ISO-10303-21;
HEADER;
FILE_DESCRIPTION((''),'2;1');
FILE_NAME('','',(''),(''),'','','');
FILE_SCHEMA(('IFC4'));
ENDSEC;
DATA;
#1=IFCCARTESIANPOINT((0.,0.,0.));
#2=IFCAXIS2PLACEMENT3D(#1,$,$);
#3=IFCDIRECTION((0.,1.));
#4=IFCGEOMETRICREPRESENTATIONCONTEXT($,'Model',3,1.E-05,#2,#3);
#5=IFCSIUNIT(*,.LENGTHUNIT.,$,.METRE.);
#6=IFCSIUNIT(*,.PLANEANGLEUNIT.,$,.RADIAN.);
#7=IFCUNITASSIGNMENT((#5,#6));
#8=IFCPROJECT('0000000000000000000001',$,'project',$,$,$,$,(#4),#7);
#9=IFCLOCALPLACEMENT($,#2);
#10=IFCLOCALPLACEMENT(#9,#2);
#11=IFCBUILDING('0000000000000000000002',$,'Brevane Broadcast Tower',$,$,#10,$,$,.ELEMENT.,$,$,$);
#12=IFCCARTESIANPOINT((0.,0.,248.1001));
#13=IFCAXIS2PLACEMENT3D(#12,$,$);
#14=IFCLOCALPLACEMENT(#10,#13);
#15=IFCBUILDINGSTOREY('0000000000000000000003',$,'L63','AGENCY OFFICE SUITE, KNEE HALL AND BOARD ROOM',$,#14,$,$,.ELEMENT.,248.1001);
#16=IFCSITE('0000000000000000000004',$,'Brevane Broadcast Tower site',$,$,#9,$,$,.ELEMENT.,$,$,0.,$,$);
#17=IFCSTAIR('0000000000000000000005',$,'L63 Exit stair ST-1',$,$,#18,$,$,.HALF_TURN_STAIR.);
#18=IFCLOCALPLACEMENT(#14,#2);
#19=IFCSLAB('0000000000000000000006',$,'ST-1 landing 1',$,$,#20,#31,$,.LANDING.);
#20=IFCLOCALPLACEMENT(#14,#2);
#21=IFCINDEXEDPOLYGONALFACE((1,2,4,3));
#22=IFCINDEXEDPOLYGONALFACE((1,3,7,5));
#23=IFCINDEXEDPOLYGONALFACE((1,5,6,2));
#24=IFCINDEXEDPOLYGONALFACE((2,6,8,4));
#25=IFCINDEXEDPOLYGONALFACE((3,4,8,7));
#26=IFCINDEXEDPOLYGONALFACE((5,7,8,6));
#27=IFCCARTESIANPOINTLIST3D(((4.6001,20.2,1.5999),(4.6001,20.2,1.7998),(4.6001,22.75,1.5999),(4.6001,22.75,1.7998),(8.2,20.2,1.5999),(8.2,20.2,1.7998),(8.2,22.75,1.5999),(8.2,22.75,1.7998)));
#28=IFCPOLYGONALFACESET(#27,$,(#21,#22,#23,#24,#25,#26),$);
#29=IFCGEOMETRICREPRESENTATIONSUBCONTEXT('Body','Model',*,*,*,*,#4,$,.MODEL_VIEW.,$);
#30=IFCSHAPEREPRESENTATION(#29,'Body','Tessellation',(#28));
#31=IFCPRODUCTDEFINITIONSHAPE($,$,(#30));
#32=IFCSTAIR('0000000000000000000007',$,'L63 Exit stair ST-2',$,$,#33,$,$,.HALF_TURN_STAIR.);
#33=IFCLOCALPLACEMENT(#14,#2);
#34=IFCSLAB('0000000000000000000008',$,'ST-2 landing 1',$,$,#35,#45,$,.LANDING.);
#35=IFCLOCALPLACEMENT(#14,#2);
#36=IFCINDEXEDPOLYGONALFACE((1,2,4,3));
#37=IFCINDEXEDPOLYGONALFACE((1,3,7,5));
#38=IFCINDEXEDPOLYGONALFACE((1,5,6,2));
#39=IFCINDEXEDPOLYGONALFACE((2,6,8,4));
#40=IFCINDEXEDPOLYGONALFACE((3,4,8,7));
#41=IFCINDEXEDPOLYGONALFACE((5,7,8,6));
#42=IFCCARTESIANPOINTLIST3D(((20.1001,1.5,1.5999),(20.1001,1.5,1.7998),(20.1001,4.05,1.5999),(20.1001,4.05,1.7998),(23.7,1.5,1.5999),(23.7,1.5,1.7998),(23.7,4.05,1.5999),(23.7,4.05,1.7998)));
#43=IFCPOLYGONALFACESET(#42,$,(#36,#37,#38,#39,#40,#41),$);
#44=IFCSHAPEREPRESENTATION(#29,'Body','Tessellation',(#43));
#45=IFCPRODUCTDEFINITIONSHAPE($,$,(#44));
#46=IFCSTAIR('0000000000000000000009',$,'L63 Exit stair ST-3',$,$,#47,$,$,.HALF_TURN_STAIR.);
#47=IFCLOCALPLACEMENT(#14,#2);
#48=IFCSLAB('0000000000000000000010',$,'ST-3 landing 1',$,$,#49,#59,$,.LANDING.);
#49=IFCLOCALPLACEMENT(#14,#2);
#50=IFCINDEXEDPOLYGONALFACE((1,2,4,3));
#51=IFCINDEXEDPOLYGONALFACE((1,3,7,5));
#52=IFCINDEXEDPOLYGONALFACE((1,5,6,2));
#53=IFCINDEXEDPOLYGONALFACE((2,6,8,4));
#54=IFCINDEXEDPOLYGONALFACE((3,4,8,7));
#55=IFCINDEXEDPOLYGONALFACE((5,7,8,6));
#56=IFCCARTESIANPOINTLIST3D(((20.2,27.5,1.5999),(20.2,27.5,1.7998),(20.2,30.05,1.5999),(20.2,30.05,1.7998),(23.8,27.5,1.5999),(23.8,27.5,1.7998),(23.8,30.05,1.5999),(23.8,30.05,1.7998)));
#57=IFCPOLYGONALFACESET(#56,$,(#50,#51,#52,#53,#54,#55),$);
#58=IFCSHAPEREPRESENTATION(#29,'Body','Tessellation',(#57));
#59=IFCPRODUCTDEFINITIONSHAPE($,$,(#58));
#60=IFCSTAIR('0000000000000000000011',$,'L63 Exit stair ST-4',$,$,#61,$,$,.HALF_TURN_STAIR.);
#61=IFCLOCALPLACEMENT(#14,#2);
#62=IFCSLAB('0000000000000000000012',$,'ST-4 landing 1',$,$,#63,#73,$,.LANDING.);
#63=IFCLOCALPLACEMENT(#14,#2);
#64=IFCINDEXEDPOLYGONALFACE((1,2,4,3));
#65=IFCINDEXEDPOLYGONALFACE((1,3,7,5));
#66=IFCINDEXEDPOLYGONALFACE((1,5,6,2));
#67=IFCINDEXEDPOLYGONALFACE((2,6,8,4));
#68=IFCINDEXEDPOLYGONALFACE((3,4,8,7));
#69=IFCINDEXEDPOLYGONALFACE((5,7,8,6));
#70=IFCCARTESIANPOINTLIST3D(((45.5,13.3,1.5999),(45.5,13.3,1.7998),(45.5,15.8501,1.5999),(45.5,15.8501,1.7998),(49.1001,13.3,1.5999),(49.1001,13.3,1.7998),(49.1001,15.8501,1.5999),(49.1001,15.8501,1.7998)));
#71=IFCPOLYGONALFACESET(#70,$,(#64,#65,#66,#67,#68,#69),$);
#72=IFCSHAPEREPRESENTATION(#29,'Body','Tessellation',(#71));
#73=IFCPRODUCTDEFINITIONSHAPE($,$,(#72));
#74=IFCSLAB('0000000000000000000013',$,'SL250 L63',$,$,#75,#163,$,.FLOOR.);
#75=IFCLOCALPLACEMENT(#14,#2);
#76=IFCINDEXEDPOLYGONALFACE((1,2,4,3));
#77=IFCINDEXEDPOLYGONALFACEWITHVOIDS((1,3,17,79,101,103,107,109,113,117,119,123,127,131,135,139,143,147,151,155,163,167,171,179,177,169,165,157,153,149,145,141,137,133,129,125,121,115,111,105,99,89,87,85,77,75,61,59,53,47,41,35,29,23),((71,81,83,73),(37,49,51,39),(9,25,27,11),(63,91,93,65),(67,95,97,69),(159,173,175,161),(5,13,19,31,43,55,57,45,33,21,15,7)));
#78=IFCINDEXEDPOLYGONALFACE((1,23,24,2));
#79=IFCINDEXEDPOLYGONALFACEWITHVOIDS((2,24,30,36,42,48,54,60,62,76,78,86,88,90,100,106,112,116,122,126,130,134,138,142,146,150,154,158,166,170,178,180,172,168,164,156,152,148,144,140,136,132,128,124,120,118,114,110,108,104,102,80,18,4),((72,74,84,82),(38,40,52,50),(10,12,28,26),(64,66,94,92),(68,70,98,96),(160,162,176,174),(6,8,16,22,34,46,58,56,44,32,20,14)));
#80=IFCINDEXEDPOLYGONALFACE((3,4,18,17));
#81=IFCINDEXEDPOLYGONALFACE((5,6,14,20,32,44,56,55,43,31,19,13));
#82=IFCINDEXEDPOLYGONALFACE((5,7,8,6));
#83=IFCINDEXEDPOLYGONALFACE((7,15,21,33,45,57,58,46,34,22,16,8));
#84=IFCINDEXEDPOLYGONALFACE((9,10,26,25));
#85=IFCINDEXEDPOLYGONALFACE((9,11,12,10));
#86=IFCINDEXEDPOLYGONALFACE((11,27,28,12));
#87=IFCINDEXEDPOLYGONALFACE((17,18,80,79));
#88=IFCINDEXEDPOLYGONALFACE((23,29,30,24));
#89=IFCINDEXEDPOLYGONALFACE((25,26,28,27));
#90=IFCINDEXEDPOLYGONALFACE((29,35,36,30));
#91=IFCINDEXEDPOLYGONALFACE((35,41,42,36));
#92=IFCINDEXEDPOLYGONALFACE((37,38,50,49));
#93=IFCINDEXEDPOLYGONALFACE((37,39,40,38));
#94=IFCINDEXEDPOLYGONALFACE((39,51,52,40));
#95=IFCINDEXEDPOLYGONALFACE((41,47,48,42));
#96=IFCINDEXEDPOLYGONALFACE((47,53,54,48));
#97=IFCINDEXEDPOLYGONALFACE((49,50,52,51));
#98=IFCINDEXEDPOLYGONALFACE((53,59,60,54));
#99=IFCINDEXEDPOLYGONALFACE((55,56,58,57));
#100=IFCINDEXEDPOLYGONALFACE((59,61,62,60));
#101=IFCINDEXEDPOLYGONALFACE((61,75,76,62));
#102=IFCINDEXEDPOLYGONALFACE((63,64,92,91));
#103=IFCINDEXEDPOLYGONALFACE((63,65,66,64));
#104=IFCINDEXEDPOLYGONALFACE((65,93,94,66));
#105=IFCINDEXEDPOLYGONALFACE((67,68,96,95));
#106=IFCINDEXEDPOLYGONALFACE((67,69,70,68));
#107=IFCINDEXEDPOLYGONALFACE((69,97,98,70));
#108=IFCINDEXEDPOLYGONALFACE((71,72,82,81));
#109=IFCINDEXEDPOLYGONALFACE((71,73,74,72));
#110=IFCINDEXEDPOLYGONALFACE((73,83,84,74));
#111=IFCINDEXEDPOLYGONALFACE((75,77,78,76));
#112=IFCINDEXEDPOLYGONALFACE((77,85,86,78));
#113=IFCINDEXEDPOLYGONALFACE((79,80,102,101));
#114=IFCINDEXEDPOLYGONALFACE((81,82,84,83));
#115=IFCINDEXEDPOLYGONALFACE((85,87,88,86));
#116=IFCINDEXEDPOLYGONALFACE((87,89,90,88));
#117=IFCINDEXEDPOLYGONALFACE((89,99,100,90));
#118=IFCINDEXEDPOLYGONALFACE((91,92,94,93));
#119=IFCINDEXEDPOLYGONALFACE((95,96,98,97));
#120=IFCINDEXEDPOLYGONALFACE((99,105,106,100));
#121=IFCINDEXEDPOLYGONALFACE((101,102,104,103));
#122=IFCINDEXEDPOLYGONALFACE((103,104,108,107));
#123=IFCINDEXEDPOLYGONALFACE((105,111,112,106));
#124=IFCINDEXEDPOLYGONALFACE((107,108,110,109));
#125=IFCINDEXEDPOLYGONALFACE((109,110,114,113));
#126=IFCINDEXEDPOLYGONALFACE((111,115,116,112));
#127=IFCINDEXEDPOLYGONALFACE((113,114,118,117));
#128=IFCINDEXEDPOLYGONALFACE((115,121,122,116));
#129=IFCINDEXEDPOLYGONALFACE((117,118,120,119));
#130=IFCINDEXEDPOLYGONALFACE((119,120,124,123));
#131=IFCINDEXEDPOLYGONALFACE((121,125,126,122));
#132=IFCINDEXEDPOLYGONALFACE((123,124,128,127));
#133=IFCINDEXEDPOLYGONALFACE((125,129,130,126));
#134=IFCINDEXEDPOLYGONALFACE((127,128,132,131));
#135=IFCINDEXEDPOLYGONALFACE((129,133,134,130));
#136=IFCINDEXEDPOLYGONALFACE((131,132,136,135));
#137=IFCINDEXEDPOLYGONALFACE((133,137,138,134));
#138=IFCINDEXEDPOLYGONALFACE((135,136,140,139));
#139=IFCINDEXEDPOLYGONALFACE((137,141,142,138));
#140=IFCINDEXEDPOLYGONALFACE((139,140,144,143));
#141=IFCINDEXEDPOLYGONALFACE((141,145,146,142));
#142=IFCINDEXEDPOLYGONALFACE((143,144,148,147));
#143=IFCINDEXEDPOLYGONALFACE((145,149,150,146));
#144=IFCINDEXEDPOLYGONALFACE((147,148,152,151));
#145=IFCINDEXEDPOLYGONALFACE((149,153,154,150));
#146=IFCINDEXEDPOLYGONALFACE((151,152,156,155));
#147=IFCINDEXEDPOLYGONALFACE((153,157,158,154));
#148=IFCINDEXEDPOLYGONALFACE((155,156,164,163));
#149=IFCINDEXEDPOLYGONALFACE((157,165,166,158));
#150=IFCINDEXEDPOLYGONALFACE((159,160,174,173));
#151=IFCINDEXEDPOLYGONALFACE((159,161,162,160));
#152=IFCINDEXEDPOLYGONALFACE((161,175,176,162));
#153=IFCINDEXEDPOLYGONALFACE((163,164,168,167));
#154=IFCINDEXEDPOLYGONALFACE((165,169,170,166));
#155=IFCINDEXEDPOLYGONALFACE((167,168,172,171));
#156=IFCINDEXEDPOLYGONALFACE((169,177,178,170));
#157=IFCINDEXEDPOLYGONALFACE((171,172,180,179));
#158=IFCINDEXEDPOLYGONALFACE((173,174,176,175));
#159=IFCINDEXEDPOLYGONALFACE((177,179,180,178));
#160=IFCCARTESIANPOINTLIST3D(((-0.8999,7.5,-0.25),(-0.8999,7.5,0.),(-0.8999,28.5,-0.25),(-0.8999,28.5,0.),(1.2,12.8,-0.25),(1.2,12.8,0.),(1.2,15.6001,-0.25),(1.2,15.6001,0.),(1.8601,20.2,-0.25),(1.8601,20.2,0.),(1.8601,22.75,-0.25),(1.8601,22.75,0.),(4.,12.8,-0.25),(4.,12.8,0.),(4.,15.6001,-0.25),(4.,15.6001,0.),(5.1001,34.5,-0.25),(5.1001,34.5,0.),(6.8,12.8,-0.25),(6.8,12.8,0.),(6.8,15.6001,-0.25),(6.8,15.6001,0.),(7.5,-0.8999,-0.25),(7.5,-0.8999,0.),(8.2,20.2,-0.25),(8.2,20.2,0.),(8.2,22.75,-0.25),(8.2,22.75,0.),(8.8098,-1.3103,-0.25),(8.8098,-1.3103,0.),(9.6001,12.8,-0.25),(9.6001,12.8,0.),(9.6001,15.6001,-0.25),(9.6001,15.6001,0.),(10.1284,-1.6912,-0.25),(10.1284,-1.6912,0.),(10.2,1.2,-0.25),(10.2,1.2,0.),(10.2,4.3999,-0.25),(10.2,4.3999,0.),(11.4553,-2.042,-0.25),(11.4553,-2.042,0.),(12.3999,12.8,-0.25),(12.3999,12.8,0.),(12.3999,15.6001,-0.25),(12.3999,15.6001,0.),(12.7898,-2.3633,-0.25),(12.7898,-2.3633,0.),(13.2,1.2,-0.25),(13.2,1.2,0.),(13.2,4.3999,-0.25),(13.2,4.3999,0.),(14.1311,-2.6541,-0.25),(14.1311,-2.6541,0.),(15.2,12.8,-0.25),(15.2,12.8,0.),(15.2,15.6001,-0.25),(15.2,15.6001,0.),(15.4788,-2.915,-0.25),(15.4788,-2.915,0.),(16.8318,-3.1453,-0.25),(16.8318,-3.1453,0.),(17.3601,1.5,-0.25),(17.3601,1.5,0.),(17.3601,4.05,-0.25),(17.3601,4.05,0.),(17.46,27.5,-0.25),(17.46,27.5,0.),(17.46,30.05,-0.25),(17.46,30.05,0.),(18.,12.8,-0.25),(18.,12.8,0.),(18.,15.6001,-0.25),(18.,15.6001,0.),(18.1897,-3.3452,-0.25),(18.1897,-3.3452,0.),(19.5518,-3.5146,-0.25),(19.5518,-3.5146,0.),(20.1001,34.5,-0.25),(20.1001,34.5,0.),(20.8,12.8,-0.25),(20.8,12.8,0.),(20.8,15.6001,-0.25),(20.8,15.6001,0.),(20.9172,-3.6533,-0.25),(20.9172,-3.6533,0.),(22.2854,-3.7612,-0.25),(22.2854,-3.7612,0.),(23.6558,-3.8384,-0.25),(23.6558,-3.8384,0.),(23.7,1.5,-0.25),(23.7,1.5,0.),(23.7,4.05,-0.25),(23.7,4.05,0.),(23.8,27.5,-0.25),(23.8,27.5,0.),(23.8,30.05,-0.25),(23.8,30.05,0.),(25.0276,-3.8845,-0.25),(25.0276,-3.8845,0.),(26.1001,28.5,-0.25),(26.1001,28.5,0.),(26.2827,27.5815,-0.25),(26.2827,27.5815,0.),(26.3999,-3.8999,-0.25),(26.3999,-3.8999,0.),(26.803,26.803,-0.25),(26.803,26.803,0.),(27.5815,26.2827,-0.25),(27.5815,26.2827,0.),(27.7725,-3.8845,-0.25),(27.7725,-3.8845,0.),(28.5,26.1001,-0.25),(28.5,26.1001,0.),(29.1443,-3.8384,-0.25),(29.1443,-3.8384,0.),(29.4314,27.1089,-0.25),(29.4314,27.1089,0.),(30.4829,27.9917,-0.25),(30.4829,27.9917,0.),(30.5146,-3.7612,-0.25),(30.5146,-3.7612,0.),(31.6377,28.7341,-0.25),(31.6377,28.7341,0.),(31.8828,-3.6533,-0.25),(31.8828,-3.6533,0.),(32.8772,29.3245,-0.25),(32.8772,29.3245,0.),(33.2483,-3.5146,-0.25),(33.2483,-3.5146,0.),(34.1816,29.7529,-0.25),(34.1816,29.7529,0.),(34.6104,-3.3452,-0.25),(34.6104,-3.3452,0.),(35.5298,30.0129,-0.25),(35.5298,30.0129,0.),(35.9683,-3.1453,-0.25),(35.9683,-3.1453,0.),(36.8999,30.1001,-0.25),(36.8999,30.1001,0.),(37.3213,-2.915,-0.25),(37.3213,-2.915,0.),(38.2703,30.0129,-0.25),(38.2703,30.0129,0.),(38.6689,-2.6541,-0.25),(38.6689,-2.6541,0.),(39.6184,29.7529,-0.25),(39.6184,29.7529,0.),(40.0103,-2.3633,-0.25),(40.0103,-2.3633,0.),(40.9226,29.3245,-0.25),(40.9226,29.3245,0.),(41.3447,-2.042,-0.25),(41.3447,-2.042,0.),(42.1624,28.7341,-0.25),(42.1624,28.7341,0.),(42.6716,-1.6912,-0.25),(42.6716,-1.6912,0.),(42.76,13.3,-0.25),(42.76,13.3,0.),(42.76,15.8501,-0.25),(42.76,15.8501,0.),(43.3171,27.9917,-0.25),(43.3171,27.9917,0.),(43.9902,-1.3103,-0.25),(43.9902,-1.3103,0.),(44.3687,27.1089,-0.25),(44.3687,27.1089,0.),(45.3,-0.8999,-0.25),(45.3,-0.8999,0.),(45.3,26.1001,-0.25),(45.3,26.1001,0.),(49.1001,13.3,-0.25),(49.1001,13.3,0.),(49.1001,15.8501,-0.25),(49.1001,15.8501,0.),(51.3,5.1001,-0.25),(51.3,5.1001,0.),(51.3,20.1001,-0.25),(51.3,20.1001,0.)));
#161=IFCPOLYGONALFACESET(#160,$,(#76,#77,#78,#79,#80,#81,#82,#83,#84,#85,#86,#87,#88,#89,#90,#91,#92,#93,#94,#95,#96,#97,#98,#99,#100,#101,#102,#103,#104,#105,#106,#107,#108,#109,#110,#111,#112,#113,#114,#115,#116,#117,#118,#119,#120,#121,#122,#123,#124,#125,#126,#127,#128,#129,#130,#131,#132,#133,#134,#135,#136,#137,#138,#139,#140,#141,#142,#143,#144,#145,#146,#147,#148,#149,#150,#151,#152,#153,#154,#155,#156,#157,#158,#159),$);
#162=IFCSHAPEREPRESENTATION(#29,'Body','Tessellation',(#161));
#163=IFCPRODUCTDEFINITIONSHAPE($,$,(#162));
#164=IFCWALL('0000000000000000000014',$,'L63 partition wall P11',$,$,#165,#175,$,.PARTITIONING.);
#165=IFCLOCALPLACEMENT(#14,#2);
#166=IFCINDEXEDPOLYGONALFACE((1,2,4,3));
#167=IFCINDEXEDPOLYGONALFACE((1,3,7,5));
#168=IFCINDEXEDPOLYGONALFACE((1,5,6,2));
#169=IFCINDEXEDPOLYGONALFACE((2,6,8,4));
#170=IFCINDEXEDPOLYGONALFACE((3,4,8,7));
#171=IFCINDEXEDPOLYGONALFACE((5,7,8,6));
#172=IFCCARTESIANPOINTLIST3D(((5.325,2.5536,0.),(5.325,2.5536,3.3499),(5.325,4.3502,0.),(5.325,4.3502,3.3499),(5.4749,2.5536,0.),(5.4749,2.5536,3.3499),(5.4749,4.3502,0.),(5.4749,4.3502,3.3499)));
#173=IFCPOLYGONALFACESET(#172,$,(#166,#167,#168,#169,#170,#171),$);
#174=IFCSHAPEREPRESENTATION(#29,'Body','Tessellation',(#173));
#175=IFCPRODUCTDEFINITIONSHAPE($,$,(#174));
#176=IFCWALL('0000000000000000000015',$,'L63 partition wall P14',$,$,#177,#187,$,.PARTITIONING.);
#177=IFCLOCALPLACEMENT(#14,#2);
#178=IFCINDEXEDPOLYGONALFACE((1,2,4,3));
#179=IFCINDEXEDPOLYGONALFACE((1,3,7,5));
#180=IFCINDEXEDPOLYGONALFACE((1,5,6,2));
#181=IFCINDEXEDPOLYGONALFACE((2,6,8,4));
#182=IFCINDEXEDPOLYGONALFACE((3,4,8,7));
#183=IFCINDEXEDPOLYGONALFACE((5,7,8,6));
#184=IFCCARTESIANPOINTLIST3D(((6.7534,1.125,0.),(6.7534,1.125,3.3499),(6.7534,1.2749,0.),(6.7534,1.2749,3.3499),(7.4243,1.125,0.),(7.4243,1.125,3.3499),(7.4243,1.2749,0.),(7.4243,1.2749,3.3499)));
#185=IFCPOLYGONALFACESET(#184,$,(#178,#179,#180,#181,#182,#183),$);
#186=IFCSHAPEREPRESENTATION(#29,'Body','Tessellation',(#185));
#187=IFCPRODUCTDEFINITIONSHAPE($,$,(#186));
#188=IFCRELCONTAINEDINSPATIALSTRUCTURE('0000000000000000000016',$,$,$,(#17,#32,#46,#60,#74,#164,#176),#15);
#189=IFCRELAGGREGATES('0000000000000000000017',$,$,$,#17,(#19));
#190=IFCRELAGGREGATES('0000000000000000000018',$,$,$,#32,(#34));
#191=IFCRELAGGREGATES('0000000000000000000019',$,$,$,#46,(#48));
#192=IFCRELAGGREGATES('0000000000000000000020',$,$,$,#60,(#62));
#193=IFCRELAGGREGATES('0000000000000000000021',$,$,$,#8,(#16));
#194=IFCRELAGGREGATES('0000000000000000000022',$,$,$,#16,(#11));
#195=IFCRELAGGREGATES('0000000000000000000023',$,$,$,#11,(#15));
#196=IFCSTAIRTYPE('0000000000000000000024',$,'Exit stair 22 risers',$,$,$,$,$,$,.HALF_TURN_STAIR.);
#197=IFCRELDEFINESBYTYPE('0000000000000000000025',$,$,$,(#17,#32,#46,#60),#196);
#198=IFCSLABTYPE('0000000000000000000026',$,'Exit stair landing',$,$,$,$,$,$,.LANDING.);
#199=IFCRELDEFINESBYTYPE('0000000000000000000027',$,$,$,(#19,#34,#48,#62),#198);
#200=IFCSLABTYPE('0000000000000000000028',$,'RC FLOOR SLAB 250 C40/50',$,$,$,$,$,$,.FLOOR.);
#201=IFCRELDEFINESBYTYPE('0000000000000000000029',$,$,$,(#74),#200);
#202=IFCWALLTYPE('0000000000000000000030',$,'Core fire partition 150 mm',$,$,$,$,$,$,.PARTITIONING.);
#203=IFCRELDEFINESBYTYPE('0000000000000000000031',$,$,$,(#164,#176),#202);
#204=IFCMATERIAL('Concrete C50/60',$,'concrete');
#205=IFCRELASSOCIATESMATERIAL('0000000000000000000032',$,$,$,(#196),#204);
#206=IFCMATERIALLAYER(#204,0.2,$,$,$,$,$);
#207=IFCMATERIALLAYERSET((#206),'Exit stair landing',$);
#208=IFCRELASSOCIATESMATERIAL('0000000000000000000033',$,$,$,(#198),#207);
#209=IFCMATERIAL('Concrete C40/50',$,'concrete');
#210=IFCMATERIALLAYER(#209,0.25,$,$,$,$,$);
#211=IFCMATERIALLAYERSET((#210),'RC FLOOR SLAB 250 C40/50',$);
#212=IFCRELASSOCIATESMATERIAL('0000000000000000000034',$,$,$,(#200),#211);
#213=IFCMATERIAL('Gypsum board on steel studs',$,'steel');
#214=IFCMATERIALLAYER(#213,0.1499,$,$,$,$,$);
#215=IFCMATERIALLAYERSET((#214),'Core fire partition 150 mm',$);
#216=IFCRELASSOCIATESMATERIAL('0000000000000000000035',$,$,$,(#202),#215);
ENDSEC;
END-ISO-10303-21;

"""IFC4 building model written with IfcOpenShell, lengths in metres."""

from ifc_helpers import new_model, si_unit, direction, frame, frame_2d, origin, place, context, subcontext, project, spatial, polyline, rectangle, outline, extrude, material, layer, layer_set, type_object, element, aggregate, save


model = new_model("IFC4")

# Units and contexts
model_context = context("Model", 3, precision=1e-05, world=origin(), true_north=direction((0.0, 1.0)))
body_context = subcontext(model_context, "Body", "Model", "MODEL_VIEW")
ifc_project = project(units=[si_unit("LENGTHUNIT", "METRE"), si_unit("PLANEANGLEUNIT", "RADIAN")], contexts=[model_context])

# Site, building, storey
site_placement = place(None, origin())
site = spatial("IfcSite", under=ifc_project, at=site_placement, Name="Brevane Broadcast Tower site", CompositionType="ELEMENT", RefElevation=0.0)
building_placement = place(site_placement, origin())
building = spatial("IfcBuilding", under=site, at=building_placement, Name="Brevane Broadcast Tower", CompositionType="ELEMENT")
storey_placement = place(building_placement, frame((0.0, 0.0, 248.1001)))
storey = spatial("IfcBuildingStorey", under=building, at=storey_placement, Name="L63", Description="AGENCY OFFICE SUITE, KNEE HALL AND BOARD ROOM", CompositionType="ELEMENT", Elevation=248.1001)

# Stairs, slabs
ifc_material_1 = material(Name="Concrete C50/60", Category="concrete")
stair_type = type_object("IfcStairType", Name="Exit stair 22 risers", PredefinedType="HALF_TURN_STAIR", material=ifc_material_1)
stair_1_placement = place(storey_placement, origin())
stair_1 = element("IfcStair", 1, at=stair_1_placement, inside=storey, type_object=stair_type, Name="L63 Exit stair ST-1", PredefinedType="HALF_TURN_STAIR")
ifc_layer_1 = layer(ifc_material_1, 0.2)
ifc_layer_set_1 = layer_set([ifc_layer_1], Name="Exit stair landing")
slab_type_1 = type_object("IfcSlabType", Name="Exit stair landing", PredefinedType="LANDING", material=ifc_layer_set_1)
slab_1_placement = place(storey_placement, frame((0.0, 0.0, 1.5999)))
slab_1 = element("IfcSlab", 2, at=slab_1_placement, type_object=slab_type_1, Name="ST-1 landing 1", PredefinedType="LANDING", context=body_context, shape_type="SweptSolid", body=[
    extrude(outline(polyline([(4.6001, 20.2), (8.2, 20.2), (8.2, 22.75), (4.6001, 22.75), (4.6001, 20.2)])), origin(), (0.0, 0.0, 1.0), 0.2),
])
aggregate(stair_1, [slab_1])
stair_2_placement = place(storey_placement, origin())
stair_2 = element("IfcStair", 3, at=stair_2_placement, inside=storey, type_object=stair_type, Name="L63 Exit stair ST-2", PredefinedType="HALF_TURN_STAIR")
slab_2_placement = place(storey_placement, frame((0.0, 0.0, 1.5999)))
slab_2 = element("IfcSlab", 4, at=slab_2_placement, type_object=slab_type_1, Name="ST-2 landing 1", PredefinedType="LANDING", context=body_context, shape_type="SweptSolid", body=[
    extrude(outline(polyline([(20.1001, 1.5), (23.7, 1.5), (23.7, 4.05), (20.1001, 4.05), (20.1001, 1.5)])), origin(), (0.0, 0.0, 1.0), 0.2),
])
aggregate(stair_2, [slab_2])
stair_3_placement = place(storey_placement, origin())
stair_3 = element("IfcStair", 5, at=stair_3_placement, inside=storey, type_object=stair_type, Name="L63 Exit stair ST-3", PredefinedType="HALF_TURN_STAIR")
slab_3_placement = place(storey_placement, frame((0.0, 0.0, 1.5999)))
slab_3 = element("IfcSlab", 6, at=slab_3_placement, type_object=slab_type_1, Name="ST-3 landing 1", PredefinedType="LANDING", context=body_context, shape_type="SweptSolid", body=[
    extrude(outline(polyline([(20.2, 27.5), (23.8, 27.5), (23.8, 30.05), (20.2, 30.05), (20.2, 27.5)])), origin(), (0.0, 0.0, 1.0), 0.2),
])
aggregate(stair_3, [slab_3])
stair_4_placement = place(storey_placement, origin())
stair_4 = element("IfcStair", 7, at=stair_4_placement, inside=storey, type_object=stair_type, Name="L63 Exit stair ST-4", PredefinedType="HALF_TURN_STAIR")
slab_4_placement = place(storey_placement, frame((0.0, 0.0, 1.5999)))
slab_4 = element("IfcSlab", 8, at=slab_4_placement, type_object=slab_type_1, Name="ST-4 landing 1", PredefinedType="LANDING", context=body_context, shape_type="SweptSolid", body=[
    extrude(outline(polyline([(45.5, 13.3), (49.1001, 13.3), (49.1001, 15.8501), (45.5, 15.8501), (45.5, 13.3)])), origin(), (0.0, 0.0, 1.0), 0.2),
])
aggregate(stair_4, [slab_4])

# Slab
ifc_material_2 = material(Name="Concrete C40/50", Category="concrete")
ifc_layer_2 = layer(ifc_material_2, 0.25)
ifc_layer_set_2 = layer_set([ifc_layer_2], Name="RC FLOOR SLAB 250 C40/50")
slab_type_2 = type_object("IfcSlabType", Name="RC FLOOR SLAB 250 C40/50", PredefinedType="FLOOR", material=ifc_layer_set_2)
slab_5_placement = place(storey_placement, frame((0.0, 0.0, -0.25)))
element("IfcSlab", 9, at=slab_5_placement, inside=storey, type_object=slab_type_2, Name="SL250 L63", PredefinedType="FLOOR", context=body_context, shape_type="SweptSolid", body=[
    extrude(outline(polyline([(-0.8999, 7.5), (-0.8999, 28.5), (5.1001, 34.5), (20.1001, 34.5), (26.1001, 28.5), (26.2827, 27.5815), (26.803, 26.803), (27.5815, 26.2827), (28.5, 26.1001), (29.4314, 27.1089), (30.4829, 27.9917), (31.6377, 28.7341), (32.8772, 29.3245), (34.1816, 29.7529), (35.5298, 30.0129), (36.8999, 30.1001), (38.2703, 30.0129), (39.6184, 29.7529), (40.9226, 29.3245), (42.1624, 28.7341), (43.3171, 27.9917), (44.3687, 27.1089), (45.3, 26.1001), (51.3, 20.1001), (51.3, 5.1001), (45.3, -0.8999), (43.9902, -1.3103), (42.6716, -1.6912), (41.3447, -2.042), (40.0103, -2.3633), (38.6689, -2.6541), (37.3213, -2.915), (35.9683, -3.1453), (34.6104, -3.3452), (33.2483, -3.5146), (31.8828, -3.6533), (30.5146, -3.7612), (29.1443, -3.8384), (27.7725, -3.8845), (26.3999, -3.8999), (25.0276, -3.8845), (23.6558, -3.8384), (22.2854, -3.7612), (20.9172, -3.6533), (19.5518, -3.5146), (18.1897, -3.3452), (16.8318, -3.1453), (15.4788, -2.915), (14.1311, -2.6541), (12.7898, -2.3633), (11.4553, -2.042), (10.1284, -1.6912), (8.8098, -1.3103), (7.5, -0.8999), (-0.8999, 7.5)]), holes=[polyline([(13.2, 4.3999), (10.2, 4.3999), (10.2, 1.2), (13.2, 1.2), (13.2, 4.3999)]), polyline([(4.0, 15.6001), (1.2, 15.6001), (1.2, 12.8), (4.0, 12.8), (6.8, 12.8), (9.6001, 12.8), (12.3999, 12.8), (15.2, 12.8), (15.2, 15.6001), (12.3999, 15.6001), (9.6001, 15.6001), (6.8, 15.6001), (4.0, 15.6001)]), polyline([(1.8601, 22.75), (1.8601, 20.2), (8.2, 20.2), (8.2, 22.75), (1.8601, 22.75)]), polyline([(23.7, 4.05), (17.3601, 4.05), (17.3601, 1.5), (23.7, 1.5), (23.7, 4.05)]), polyline([(20.8, 15.6001), (18.0, 15.6001), (18.0, 12.8), (20.8, 12.8), (20.8, 15.6001)]), polyline([(49.1001, 15.8501), (42.76, 15.8501), (42.76, 13.3), (49.1001, 13.3), (49.1001, 15.8501)]), polyline([(23.8, 30.05), (17.46, 30.05), (17.46, 27.5), (23.8, 27.5), (23.8, 30.05)])]), origin(), (0.0, 0.0, 1.0), 0.25),
])

# Walls
ifc_material_3 = material(Name="Gypsum board on steel studs", Category="steel")
ifc_layer_3 = layer(ifc_material_3, 0.1499)
ifc_layer_set_3 = layer_set([ifc_layer_3], Name="Core fire partition 150 mm")
wall_type = type_object("IfcWallType", Name="Core fire partition 150 mm", PredefinedType="PARTITIONING", material=ifc_layer_set_3)
wall_1_placement = place(storey_placement, frame((5.3999, 2.5535, 0.0), z_axis=(0.0, 0.0, 1.0), x_axis=(0.0, 1.0, 0.0)))
element("IfcWall", 10, at=wall_1_placement, inside=storey, type_object=wall_type, Name="L63 partition wall P11", PredefinedType="PARTITIONING", context=body_context, shape_type="SweptSolid", body=[
    extrude(rectangle(XDim=1.7966, YDim=0.1499, at=frame_2d((0.8984, 0.0))), origin(), (0.0, 0.0, 1.0), 3.3499),
])
wall_2_placement = place(storey_placement, frame((7.4243, 1.2, 0.0), z_axis=(0.0, 0.0, 1.0), x_axis=(-1.0, 0.0, 0.0)))
element("IfcWall", 11, at=wall_2_placement, inside=storey, type_object=wall_type, Name="L63 partition wall P14", PredefinedType="PARTITIONING", context=body_context, shape_type="SweptSolid", body=[
    extrude(rectangle(XDim=0.6709, YDim=0.1499, at=frame_2d((0.3354, 0.0))), origin(), (0.0, 0.0, 1.0), 3.3499),
])

save(model, "model.ifc")
